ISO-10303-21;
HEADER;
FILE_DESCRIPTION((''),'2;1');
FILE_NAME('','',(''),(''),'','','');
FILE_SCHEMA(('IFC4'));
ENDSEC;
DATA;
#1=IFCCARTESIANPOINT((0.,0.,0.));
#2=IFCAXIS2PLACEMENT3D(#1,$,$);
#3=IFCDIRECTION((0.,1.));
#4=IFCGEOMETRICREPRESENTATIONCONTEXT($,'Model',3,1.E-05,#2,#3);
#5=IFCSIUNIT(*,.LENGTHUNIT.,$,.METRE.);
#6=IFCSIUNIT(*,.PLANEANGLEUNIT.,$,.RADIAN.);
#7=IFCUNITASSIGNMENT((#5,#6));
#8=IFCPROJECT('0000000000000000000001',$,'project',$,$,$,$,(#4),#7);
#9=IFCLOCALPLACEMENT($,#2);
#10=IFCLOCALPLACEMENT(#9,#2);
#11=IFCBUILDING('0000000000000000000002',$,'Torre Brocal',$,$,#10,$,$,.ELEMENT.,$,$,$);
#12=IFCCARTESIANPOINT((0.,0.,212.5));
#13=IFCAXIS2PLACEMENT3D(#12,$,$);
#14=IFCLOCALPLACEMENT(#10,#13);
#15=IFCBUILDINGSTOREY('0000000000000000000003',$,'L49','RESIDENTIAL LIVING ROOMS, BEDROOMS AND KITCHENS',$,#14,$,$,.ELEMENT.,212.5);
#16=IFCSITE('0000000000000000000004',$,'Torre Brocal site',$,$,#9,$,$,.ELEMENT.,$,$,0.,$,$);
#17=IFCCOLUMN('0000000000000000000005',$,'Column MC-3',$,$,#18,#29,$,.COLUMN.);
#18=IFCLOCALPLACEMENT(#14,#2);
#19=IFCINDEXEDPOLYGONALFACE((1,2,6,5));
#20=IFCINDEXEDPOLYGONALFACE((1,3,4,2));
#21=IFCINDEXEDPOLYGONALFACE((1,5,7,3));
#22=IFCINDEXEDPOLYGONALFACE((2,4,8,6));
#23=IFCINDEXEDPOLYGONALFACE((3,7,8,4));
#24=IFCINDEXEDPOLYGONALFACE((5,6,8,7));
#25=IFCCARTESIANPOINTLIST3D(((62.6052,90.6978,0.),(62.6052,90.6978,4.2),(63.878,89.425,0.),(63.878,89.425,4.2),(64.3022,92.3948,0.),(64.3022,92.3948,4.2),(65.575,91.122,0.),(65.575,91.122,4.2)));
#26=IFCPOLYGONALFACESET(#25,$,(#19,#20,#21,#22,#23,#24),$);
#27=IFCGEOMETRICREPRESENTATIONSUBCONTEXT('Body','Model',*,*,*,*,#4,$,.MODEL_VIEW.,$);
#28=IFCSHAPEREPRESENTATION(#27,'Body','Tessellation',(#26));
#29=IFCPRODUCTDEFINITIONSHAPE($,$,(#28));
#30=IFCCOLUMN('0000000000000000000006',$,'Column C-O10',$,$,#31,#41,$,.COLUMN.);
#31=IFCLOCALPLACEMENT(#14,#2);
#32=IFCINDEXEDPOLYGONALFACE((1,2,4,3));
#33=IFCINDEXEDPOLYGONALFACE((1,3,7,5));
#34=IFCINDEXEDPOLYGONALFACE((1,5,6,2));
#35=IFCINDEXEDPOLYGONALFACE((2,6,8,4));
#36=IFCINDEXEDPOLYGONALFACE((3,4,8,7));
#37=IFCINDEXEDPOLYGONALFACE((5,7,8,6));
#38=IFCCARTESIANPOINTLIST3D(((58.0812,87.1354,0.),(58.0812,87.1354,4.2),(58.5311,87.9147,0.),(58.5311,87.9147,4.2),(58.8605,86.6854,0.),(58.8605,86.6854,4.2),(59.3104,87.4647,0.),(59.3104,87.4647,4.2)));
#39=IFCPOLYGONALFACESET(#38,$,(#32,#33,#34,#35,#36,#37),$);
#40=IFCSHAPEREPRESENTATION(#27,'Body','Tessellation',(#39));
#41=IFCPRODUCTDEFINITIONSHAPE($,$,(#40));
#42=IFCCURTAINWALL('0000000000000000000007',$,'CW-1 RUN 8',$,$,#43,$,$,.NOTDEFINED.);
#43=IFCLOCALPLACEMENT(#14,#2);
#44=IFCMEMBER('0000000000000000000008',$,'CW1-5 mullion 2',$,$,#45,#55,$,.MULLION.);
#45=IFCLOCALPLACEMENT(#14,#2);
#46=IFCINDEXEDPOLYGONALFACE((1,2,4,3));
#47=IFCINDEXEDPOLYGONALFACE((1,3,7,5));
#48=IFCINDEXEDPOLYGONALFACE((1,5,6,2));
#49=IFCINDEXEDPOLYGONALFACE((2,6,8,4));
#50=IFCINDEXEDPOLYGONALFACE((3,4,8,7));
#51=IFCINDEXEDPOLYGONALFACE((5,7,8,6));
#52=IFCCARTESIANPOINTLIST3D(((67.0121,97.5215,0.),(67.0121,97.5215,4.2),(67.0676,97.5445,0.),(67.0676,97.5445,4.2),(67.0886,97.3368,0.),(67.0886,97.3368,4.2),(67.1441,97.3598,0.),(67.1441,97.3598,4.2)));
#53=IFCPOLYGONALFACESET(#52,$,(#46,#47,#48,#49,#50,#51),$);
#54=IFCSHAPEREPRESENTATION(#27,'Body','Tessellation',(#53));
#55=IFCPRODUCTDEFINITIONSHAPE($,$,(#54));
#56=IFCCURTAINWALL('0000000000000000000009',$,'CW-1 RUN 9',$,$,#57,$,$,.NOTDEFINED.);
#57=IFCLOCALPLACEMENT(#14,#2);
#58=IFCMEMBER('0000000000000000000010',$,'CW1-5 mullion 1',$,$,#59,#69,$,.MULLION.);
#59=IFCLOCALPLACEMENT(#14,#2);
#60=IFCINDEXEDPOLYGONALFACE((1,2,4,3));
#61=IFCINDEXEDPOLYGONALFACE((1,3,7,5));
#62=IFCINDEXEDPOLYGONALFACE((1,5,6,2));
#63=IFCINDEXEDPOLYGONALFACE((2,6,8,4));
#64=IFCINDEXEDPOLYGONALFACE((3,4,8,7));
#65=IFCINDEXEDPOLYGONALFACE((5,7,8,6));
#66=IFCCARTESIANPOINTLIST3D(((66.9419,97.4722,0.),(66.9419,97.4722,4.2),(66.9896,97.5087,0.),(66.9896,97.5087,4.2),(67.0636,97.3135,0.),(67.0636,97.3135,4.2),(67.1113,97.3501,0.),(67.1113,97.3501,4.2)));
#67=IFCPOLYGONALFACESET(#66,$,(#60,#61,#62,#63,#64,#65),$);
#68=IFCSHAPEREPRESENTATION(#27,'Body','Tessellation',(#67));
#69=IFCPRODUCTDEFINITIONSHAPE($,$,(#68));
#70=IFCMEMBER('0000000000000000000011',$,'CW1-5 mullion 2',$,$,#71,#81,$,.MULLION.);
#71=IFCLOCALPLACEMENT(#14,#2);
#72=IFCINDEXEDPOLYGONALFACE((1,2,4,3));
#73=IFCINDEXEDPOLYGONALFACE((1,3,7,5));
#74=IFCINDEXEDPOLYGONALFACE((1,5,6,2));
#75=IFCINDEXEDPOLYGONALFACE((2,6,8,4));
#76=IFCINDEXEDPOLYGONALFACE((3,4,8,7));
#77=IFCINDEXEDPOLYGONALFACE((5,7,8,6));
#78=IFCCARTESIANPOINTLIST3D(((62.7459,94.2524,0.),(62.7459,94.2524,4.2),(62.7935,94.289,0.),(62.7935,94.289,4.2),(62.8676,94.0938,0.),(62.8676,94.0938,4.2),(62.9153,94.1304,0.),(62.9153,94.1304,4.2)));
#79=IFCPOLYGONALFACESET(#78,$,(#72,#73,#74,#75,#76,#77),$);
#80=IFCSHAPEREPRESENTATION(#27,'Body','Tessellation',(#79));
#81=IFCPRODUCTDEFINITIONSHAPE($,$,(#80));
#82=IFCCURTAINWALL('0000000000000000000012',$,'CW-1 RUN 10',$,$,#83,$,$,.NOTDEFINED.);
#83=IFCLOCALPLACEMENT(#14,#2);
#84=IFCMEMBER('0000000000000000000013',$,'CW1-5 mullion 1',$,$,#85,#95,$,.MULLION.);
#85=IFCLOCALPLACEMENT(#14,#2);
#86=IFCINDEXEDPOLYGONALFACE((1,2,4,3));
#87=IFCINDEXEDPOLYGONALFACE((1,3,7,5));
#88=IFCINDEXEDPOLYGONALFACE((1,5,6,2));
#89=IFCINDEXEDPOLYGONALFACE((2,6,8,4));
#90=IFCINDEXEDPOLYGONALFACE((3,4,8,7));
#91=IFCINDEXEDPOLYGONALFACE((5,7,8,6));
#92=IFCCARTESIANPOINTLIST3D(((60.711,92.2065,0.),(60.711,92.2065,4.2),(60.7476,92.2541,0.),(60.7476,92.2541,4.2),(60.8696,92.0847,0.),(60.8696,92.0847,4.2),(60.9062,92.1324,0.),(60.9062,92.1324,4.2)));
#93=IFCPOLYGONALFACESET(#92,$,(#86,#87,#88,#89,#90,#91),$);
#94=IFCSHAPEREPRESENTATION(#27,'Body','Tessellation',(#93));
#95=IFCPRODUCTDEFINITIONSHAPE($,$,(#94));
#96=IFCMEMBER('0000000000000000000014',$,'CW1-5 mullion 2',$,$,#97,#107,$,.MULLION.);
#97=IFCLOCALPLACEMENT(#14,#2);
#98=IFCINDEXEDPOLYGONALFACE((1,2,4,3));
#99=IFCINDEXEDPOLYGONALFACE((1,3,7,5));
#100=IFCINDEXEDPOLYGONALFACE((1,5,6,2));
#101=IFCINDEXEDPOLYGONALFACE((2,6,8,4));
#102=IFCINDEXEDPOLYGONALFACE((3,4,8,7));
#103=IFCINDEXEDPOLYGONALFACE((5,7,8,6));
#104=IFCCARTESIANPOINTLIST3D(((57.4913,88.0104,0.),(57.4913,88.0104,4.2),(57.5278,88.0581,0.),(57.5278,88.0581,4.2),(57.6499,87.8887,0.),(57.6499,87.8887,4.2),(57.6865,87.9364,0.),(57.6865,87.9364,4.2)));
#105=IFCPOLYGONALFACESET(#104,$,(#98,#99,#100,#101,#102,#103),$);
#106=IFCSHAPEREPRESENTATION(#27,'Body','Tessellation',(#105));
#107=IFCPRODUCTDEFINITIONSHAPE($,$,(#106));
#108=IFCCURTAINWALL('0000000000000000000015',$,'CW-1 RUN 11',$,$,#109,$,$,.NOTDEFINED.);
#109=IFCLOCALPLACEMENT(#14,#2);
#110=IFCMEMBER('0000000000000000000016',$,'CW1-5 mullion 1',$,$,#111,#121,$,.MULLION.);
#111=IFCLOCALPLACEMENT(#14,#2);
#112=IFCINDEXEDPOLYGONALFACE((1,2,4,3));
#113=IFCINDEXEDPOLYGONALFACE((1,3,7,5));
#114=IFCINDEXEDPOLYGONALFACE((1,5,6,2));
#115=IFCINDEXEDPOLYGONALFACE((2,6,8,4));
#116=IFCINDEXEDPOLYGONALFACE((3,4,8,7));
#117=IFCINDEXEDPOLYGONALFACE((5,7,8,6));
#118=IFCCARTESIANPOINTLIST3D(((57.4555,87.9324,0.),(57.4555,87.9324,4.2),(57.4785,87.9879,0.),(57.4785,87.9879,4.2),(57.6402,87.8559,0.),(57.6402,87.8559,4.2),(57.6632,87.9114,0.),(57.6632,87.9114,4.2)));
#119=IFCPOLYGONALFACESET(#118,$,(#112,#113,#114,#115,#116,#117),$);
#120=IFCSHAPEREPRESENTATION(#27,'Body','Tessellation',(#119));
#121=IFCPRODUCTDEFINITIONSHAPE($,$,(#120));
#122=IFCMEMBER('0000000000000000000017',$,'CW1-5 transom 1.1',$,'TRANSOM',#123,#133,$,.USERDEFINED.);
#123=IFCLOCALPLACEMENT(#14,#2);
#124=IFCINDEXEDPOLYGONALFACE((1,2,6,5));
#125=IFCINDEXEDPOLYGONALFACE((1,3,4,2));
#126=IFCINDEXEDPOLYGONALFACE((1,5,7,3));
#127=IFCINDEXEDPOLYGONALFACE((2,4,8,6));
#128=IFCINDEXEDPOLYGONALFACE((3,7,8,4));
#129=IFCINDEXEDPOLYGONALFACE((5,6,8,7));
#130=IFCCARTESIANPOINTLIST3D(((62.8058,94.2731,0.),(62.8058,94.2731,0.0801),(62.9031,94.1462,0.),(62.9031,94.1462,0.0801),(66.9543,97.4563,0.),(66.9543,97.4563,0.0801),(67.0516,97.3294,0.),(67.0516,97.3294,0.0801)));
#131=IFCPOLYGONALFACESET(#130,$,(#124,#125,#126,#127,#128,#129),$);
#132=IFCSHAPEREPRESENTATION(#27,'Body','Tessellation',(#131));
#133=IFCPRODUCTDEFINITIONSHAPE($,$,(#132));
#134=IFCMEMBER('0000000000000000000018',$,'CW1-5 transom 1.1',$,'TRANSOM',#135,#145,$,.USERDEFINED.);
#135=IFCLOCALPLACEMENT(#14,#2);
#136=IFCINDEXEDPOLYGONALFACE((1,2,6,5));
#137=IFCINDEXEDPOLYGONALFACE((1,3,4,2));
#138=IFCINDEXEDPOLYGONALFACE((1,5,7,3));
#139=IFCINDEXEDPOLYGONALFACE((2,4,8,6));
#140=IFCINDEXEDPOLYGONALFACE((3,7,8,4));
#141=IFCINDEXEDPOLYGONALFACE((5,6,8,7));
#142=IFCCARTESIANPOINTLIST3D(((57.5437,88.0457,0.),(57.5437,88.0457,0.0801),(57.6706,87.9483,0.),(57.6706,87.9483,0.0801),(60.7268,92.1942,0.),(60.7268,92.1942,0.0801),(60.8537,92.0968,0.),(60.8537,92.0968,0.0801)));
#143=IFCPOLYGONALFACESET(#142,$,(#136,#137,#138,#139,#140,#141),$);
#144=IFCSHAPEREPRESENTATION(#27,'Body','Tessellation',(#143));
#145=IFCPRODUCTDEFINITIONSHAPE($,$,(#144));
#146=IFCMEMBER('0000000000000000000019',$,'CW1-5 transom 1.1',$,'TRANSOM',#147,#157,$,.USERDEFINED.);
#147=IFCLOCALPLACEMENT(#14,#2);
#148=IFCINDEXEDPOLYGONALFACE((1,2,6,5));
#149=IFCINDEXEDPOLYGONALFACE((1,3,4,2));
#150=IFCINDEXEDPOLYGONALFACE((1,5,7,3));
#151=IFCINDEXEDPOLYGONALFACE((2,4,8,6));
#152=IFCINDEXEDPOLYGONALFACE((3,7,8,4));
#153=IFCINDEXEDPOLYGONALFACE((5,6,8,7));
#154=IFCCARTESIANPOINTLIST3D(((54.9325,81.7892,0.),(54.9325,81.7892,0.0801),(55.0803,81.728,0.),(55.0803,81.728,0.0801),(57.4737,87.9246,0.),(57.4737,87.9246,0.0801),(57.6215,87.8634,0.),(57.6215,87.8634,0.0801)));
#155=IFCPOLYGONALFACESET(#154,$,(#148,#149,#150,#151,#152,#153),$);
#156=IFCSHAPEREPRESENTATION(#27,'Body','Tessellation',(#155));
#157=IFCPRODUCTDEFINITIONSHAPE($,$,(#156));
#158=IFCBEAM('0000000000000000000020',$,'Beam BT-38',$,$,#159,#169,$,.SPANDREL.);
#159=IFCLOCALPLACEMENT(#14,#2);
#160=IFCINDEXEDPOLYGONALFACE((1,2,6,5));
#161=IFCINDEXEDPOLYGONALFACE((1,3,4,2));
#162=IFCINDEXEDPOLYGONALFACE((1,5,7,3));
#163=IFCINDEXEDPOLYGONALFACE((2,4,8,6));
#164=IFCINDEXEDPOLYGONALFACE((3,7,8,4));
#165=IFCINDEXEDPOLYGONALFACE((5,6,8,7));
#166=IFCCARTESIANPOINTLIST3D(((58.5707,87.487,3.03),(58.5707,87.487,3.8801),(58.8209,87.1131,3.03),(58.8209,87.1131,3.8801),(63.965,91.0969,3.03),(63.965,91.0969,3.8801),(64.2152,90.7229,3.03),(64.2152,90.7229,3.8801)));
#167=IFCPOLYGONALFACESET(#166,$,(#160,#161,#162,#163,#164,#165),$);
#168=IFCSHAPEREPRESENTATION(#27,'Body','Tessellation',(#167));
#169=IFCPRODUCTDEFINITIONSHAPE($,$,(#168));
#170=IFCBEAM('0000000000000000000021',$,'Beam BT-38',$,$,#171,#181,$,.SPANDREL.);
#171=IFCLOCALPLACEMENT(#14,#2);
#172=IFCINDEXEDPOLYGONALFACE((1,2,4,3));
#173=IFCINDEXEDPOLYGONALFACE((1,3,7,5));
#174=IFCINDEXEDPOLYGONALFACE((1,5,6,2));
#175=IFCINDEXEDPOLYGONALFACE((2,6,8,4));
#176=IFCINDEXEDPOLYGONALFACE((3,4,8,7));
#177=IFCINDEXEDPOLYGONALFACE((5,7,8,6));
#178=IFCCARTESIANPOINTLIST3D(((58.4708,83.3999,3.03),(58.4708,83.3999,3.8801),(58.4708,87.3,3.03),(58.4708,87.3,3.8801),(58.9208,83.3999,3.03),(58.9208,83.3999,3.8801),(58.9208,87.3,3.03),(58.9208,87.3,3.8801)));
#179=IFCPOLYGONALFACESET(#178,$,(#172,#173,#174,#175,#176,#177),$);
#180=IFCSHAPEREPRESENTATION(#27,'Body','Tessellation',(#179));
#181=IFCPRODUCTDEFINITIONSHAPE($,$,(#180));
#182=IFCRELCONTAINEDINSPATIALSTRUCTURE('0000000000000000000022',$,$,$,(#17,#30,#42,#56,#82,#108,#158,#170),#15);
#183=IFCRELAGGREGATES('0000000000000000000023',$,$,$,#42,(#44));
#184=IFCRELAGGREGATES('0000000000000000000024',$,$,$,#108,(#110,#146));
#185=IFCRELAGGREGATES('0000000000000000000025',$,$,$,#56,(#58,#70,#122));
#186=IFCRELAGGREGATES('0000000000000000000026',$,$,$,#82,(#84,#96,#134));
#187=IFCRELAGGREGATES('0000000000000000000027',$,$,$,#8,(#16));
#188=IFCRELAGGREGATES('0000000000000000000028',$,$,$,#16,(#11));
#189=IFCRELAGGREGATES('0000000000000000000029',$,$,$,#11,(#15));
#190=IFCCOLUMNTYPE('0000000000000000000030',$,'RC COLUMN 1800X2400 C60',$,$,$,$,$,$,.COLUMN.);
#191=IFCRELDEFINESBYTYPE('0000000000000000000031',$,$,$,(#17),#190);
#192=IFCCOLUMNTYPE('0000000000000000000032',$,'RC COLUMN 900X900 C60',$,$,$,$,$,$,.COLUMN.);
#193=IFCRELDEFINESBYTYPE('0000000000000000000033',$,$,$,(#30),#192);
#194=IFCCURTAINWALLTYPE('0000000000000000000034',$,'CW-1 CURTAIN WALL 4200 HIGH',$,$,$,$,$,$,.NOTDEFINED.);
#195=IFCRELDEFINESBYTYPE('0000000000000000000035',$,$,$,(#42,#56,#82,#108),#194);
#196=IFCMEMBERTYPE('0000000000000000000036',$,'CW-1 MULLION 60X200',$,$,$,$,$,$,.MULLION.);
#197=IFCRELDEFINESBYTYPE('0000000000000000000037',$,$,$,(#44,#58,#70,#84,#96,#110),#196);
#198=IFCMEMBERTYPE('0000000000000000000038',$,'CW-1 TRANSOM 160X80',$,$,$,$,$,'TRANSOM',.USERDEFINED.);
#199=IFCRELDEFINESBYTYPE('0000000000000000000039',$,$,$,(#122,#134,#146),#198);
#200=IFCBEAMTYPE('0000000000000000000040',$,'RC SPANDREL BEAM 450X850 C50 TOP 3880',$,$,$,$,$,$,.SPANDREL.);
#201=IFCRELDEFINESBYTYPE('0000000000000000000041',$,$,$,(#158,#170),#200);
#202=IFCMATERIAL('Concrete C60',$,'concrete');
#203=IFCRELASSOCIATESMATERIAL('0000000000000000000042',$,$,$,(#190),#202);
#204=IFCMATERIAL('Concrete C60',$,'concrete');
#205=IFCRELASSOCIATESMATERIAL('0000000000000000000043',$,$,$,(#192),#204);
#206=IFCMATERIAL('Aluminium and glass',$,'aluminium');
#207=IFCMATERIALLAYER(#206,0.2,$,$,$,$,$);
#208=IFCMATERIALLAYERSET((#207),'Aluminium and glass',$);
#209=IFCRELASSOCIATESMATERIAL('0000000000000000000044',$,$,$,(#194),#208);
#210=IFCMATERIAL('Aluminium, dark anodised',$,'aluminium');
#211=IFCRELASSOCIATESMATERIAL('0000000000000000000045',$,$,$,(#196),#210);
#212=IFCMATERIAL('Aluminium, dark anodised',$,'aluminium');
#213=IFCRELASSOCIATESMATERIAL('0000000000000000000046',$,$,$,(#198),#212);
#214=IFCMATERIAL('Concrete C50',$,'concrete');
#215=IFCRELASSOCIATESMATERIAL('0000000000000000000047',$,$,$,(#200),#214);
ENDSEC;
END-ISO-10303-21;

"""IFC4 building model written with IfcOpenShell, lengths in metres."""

from ifc_helpers import new_model, si_unit, direction, frame, origin, origin_2d, place, context, subcontext, project, spatial, rectangle, extrude, material, layer, layer_set, material_profile, profile_set, type_object, element, aggregate, save


model = new_model("IFC4")

# Units and contexts
model_context = context("Model", 3, precision=1e-05, world=origin(), true_north=direction((0.0, 1.0)))
body_context = subcontext(model_context, "Body", "Model", "MODEL_VIEW")
ifc_project = project(units=[si_unit("LENGTHUNIT", "METRE"), si_unit("PLANEANGLEUNIT", "RADIAN")], contexts=[model_context])

# Site, building, storey
site_placement = place(None, origin())
site = spatial("IfcSite", under=ifc_project, at=site_placement, Name="Torre Brocal site", CompositionType="ELEMENT", RefElevation=0.0)
building_placement = place(site_placement, origin())
building = spatial("IfcBuilding", under=site, at=building_placement, Name="Torre Brocal", CompositionType="ELEMENT")
storey_placement = place(building_placement, frame((0.0, 0.0, 212.5)))
storey = spatial("IfcBuildingStorey", under=building, at=storey_placement, Name="L49", Description="RESIDENTIAL LIVING ROOMS, BEDROOMS AND KITCHENS", CompositionType="ELEMENT", Elevation=212.5)

# Columns
ifc_material_1 = material(Name="Concrete C60", Category="concrete")
ifc_material_profile_1 = material_profile(ifc_material_1, rectangle(XDim=1.8, YDim=2.3999, at=origin_2d()), Name="RC 1800X2400")
ifc_profile_set_1 = profile_set([ifc_material_profile_1], Name="Concrete C60")
column_type_1 = type_object("IfcColumnType", Name="RC COLUMN 1800X2400 C60", PredefinedType="COLUMN", material=ifc_profile_set_1)
column_1_placement = place(storey_placement, frame((64.0901, 90.9099, 0.0), z_axis=(0.0, 0.0, 1.0), x_axis=(-0.707107, 0.707107, 0.0)))
element("IfcColumn", 1, at=column_1_placement, inside=storey, type_object=column_type_1, Name="Column MC-3", PredefinedType="COLUMN", context=body_context, shape_type="SweptSolid", body=[
    extrude(rectangle(XDim=1.8, YDim=2.3999, at=origin_2d()), origin(), (0.0, 0.0, 1.0), 4.2),
])
ifc_material_2 = material(Name="Concrete C60", Category="concrete")
ifc_material_profile_2 = material_profile(ifc_material_2, rectangle(XDim=0.8999, YDim=0.8999, at=origin_2d()), Name="RC 900X900")
ifc_profile_set_2 = profile_set([ifc_material_profile_2], Name="Concrete C60")
column_type_2 = type_object("IfcColumnType", Name="RC COLUMN 900X900 C60", PredefinedType="COLUMN", material=ifc_profile_set_2)
column_2_placement = place(storey_placement, frame((58.6958, 87.3, 0.0), z_axis=(0.0, 0.0, 1.0), x_axis=(-0.866025, 0.5, 0.0)))
element("IfcColumn", 2, at=column_2_placement, inside=storey, type_object=column_type_2, Name="Column C-O10", PredefinedType="COLUMN", context=body_context, shape_type="SweptSolid", body=[
    extrude(rectangle(XDim=0.8999, YDim=0.8999, at=origin_2d()), origin(), (0.0, 0.0, 1.0), 4.2),
])

# Curtain wall, member
ifc_material_3 = material(Name="Aluminium and glass", Category="aluminium")
ifc_layer_1 = layer(ifc_material_3, 0.2)
ifc_layer_set_1 = layer_set([ifc_layer_1], Name="Aluminium and glass")
curtain_wall_type = type_object("IfcCurtainWallType", Name="CW-1 CURTAIN WALL 4200 HIGH", PredefinedType="NOTDEFINED", material=ifc_layer_set_1)
curtain_wall_1_placement = place(storey_placement, origin())
curtain_wall_1 = element("IfcCurtainWall", 3, at=curtain_wall_1_placement, inside=storey, type_object=curtain_wall_type, Name="CW-1 RUN 8", PredefinedType="NOTDEFINED")
ifc_material_4 = material(Name="Aluminium, dark anodised", Category="aluminium")
ifc_material_profile_3 = material_profile(ifc_material_4, rectangle(XDim=0.2, YDim=0.0601, at=origin_2d()), Name="CW-1 MULLION 60X200")
ifc_profile_set_3 = profile_set([ifc_material_profile_3], Name="Aluminium, dark anodised")
member_type_1 = type_object("IfcMemberType", Name="CW-1 MULLION 60X200", PredefinedType="MULLION", material=ifc_profile_set_3)
member_1_placement = place(storey_placement, frame((67.0781, 97.4407, 0.0), z_axis=(0.0, 0.0, 1.0), x_axis=(0.382683, -0.92388, 0.0)))
member_1 = element("IfcMember", 4, at=member_1_placement, type_object=member_type_1, Name="CW1-5 mullion 2", PredefinedType="MULLION", context=body_context, shape_type="SweptSolid", body=[
    extrude(rectangle(XDim=0.2, YDim=0.0601, at=origin_2d()), origin(), (0.0, 0.0, 1.0), 4.2),
])
aggregate(curtain_wall_1, [member_1])

# Curtain walls, members
curtain_wall_2_placement = place(storey_placement, origin())
curtain_wall_2 = element("IfcCurtainWall", 5, at=curtain_wall_2_placement, inside=storey, type_object=curtain_wall_type, Name="CW-1 RUN 9", PredefinedType="NOTDEFINED")
member_2_placement = place(storey_placement, frame((67.0266, 97.4111, 0.0), z_axis=(0.0, 0.0, 1.0), x_axis=(0.608761, -0.793353, 0.0)))
member_2 = element("IfcMember", 6, at=member_2_placement, type_object=member_type_1, Name="CW1-5 mullion 1", PredefinedType="MULLION", context=body_context, shape_type="SweptSolid", body=[
    extrude(rectangle(XDim=0.2, YDim=0.0601, at=origin_2d()), origin(), (0.0, 0.0, 1.0), 4.2),
])
member_3_placement = place(storey_placement, frame((62.8306, 94.1914, 0.0), z_axis=(0.0, 0.0, 1.0), x_axis=(0.608761, -0.793353, 0.0)))
member_3 = element("IfcMember", 7, at=member_3_placement, type_object=member_type_1, Name="CW1-5 mullion 2", PredefinedType="MULLION", context=body_context, shape_type="SweptSolid", body=[
    extrude(rectangle(XDim=0.2, YDim=0.0601, at=origin_2d()), origin(), (0.0, 0.0, 1.0), 4.2),
])
curtain_wall_3_placement = place(storey_placement, origin())
curtain_wall_3 = element("IfcCurtainWall", 8, at=curtain_wall_3_placement, inside=storey, type_object=curtain_wall_type, Name="CW-1 RUN 10", PredefinedType="NOTDEFINED")
member_4_placement = place(storey_placement, frame((60.8086, 92.1694, 0.0), z_axis=(0.0, 0.0, 1.0), x_axis=(0.793353, -0.608761, 0.0)))
member_4 = element("IfcMember", 9, at=member_4_placement, type_object=member_type_1, Name="CW1-5 mullion 1", PredefinedType="MULLION", context=body_context, shape_type="SweptSolid", body=[
    extrude(rectangle(XDim=0.2, YDim=0.0601, at=origin_2d()), origin(), (0.0, 0.0, 1.0), 4.2),
])
member_5_placement = place(storey_placement, frame((57.5889, 87.9734, 0.0), z_axis=(0.0, 0.0, 1.0), x_axis=(0.793353, -0.608761, 0.0)))
member_5 = element("IfcMember", 10, at=member_5_placement, type_object=member_type_1, Name="CW1-5 mullion 2", PredefinedType="MULLION", context=body_context, shape_type="SweptSolid", body=[
    extrude(rectangle(XDim=0.2, YDim=0.0601, at=origin_2d()), origin(), (0.0, 0.0, 1.0), 4.2),
])

# Curtain wall, member
curtain_wall_4_placement = place(storey_placement, origin())
curtain_wall_4 = element("IfcCurtainWall", 11, at=curtain_wall_4_placement, inside=storey, type_object=curtain_wall_type, Name="CW-1 RUN 11", PredefinedType="NOTDEFINED")
member_6_placement = place(storey_placement, frame((57.5593, 87.9219, 0.0), z_axis=(0.0, 0.0, 1.0), x_axis=(0.92388, -0.382683, 0.0)))
member_6 = element("IfcMember", 12, at=member_6_placement, type_object=member_type_1, Name="CW1-5 mullion 1", PredefinedType="MULLION", context=body_context, shape_type="SweptSolid", body=[
    extrude(rectangle(XDim=0.2, YDim=0.0601, at=origin_2d()), origin(), (0.0, 0.0, 1.0), 4.2),
])

# Members
ifc_material_5 = material(Name="Aluminium, dark anodised", Category="aluminium")
ifc_material_profile_4 = material_profile(ifc_material_5, rectangle(XDim=0.1599, YDim=0.0801, at=origin_2d()), Name="CW-1 TRANSOM 160X80")
ifc_profile_set_4 = profile_set([ifc_material_profile_4], Name="Aluminium, dark anodised")
member_type_2 = type_object("IfcMemberType", Name="CW-1 TRANSOM 160X80", ElementType="TRANSOM", PredefinedType="USERDEFINED", material=ifc_profile_set_4)
member_7_placement = place(storey_placement, frame((67.0029, 97.3928, 0.04), z_axis=(-0.793363, -0.608749, 0.0), x_axis=(0.608749, -0.793363, 0.0)))
member_7 = element("IfcMember", 13, at=member_7_placement, type_object=member_type_2, Name="CW1-5 transom 1.1", ObjectType="TRANSOM", PredefinedType="USERDEFINED", context=body_context, shape_type="SweptSolid", body=[
    extrude(rectangle(XDim=0.1599, YDim=0.0801, at=origin_2d()), origin(), (0.0, 0.0, 1.0), 5.229),
])
member_8_placement = place(storey_placement, frame((60.7903, 92.1455, 0.04), z_axis=(-0.608749, -0.793363, 0.0), x_axis=(0.793363, -0.608749, 0.0)))
member_8 = element("IfcMember", 14, at=member_8_placement, type_object=member_type_2, Name="CW1-5 transom 1.1", ObjectType="TRANSOM", PredefinedType="USERDEFINED", context=body_context, shape_type="SweptSolid", body=[
    extrude(rectangle(XDim=0.1599, YDim=0.0801, at=origin_2d()), origin(), (0.0, 0.0, 1.0), 5.229),
])
member_9_placement = place(storey_placement, frame((57.5476, 87.894, 0.04), z_axis=(-0.382665, -0.923887, 0.0), x_axis=(0.923887, -0.382665, 0.0)))
member_9 = element("IfcMember", 15, at=member_9_placement, type_object=member_type_2, Name="CW1-5 transom 1.1", ObjectType="TRANSOM", PredefinedType="USERDEFINED", context=body_context, shape_type="SweptSolid", body=[
    extrude(rectangle(XDim=0.1599, YDim=0.0801, at=origin_2d()), origin(), (0.0, 0.0, 1.0), 6.6409),
])
aggregate(curtain_wall_4, [member_6, member_9])

# Beams
ifc_material_6 = material(Name="Concrete C50", Category="concrete")
ifc_material_profile_5 = material_profile(ifc_material_6, rectangle(XDim=0.45, YDim=0.8501, at=origin_2d()), Name="RC 450X850")
ifc_profile_set_5 = profile_set([ifc_material_profile_5], Name="Concrete C50")
beam_type = type_object("IfcBeamType", Name="RC SPANDREL BEAM 450X850 C50 TOP 3880", PredefinedType="SPANDREL", material=ifc_profile_set_5)
beam_1_placement = place(storey_placement, frame((64.0901, 90.9099, 3.4551), z_axis=(-0.831077, -0.556158, 0.0), x_axis=(0.556158, -0.831077, 0.0)))
element("IfcBeam", 16, at=beam_1_placement, inside=storey, type_object=beam_type, Name="Beam BT-38", PredefinedType="SPANDREL", context=body_context, shape_type="SweptSolid", body=[
    extrude(rectangle(XDim=0.45, YDim=0.8501, at=origin_2d()), origin(), (0.0, 0.0, 1.0), 6.4907),
])
beam_2_placement = place(storey_placement, frame((58.6958, 87.3, 3.4551), z_axis=(0.0, -1.0, 0.0), x_axis=(1.0, 0.0, 0.0)))
element("IfcBeam", 17, at=beam_2_placement, inside=storey, type_object=beam_type, Name="Beam BT-38", PredefinedType="SPANDREL", context=body_context, shape_type="SweptSolid", body=[
    extrude(rectangle(XDim=0.45, YDim=0.8501, at=origin_2d()), origin(), (0.0, 0.0, 1.0), 3.9001),
])

aggregate(curtain_wall_2, [member_2, member_3, member_7])
aggregate(curtain_wall_3, [member_4, member_5, member_8])

save(model, "model.ifc")
